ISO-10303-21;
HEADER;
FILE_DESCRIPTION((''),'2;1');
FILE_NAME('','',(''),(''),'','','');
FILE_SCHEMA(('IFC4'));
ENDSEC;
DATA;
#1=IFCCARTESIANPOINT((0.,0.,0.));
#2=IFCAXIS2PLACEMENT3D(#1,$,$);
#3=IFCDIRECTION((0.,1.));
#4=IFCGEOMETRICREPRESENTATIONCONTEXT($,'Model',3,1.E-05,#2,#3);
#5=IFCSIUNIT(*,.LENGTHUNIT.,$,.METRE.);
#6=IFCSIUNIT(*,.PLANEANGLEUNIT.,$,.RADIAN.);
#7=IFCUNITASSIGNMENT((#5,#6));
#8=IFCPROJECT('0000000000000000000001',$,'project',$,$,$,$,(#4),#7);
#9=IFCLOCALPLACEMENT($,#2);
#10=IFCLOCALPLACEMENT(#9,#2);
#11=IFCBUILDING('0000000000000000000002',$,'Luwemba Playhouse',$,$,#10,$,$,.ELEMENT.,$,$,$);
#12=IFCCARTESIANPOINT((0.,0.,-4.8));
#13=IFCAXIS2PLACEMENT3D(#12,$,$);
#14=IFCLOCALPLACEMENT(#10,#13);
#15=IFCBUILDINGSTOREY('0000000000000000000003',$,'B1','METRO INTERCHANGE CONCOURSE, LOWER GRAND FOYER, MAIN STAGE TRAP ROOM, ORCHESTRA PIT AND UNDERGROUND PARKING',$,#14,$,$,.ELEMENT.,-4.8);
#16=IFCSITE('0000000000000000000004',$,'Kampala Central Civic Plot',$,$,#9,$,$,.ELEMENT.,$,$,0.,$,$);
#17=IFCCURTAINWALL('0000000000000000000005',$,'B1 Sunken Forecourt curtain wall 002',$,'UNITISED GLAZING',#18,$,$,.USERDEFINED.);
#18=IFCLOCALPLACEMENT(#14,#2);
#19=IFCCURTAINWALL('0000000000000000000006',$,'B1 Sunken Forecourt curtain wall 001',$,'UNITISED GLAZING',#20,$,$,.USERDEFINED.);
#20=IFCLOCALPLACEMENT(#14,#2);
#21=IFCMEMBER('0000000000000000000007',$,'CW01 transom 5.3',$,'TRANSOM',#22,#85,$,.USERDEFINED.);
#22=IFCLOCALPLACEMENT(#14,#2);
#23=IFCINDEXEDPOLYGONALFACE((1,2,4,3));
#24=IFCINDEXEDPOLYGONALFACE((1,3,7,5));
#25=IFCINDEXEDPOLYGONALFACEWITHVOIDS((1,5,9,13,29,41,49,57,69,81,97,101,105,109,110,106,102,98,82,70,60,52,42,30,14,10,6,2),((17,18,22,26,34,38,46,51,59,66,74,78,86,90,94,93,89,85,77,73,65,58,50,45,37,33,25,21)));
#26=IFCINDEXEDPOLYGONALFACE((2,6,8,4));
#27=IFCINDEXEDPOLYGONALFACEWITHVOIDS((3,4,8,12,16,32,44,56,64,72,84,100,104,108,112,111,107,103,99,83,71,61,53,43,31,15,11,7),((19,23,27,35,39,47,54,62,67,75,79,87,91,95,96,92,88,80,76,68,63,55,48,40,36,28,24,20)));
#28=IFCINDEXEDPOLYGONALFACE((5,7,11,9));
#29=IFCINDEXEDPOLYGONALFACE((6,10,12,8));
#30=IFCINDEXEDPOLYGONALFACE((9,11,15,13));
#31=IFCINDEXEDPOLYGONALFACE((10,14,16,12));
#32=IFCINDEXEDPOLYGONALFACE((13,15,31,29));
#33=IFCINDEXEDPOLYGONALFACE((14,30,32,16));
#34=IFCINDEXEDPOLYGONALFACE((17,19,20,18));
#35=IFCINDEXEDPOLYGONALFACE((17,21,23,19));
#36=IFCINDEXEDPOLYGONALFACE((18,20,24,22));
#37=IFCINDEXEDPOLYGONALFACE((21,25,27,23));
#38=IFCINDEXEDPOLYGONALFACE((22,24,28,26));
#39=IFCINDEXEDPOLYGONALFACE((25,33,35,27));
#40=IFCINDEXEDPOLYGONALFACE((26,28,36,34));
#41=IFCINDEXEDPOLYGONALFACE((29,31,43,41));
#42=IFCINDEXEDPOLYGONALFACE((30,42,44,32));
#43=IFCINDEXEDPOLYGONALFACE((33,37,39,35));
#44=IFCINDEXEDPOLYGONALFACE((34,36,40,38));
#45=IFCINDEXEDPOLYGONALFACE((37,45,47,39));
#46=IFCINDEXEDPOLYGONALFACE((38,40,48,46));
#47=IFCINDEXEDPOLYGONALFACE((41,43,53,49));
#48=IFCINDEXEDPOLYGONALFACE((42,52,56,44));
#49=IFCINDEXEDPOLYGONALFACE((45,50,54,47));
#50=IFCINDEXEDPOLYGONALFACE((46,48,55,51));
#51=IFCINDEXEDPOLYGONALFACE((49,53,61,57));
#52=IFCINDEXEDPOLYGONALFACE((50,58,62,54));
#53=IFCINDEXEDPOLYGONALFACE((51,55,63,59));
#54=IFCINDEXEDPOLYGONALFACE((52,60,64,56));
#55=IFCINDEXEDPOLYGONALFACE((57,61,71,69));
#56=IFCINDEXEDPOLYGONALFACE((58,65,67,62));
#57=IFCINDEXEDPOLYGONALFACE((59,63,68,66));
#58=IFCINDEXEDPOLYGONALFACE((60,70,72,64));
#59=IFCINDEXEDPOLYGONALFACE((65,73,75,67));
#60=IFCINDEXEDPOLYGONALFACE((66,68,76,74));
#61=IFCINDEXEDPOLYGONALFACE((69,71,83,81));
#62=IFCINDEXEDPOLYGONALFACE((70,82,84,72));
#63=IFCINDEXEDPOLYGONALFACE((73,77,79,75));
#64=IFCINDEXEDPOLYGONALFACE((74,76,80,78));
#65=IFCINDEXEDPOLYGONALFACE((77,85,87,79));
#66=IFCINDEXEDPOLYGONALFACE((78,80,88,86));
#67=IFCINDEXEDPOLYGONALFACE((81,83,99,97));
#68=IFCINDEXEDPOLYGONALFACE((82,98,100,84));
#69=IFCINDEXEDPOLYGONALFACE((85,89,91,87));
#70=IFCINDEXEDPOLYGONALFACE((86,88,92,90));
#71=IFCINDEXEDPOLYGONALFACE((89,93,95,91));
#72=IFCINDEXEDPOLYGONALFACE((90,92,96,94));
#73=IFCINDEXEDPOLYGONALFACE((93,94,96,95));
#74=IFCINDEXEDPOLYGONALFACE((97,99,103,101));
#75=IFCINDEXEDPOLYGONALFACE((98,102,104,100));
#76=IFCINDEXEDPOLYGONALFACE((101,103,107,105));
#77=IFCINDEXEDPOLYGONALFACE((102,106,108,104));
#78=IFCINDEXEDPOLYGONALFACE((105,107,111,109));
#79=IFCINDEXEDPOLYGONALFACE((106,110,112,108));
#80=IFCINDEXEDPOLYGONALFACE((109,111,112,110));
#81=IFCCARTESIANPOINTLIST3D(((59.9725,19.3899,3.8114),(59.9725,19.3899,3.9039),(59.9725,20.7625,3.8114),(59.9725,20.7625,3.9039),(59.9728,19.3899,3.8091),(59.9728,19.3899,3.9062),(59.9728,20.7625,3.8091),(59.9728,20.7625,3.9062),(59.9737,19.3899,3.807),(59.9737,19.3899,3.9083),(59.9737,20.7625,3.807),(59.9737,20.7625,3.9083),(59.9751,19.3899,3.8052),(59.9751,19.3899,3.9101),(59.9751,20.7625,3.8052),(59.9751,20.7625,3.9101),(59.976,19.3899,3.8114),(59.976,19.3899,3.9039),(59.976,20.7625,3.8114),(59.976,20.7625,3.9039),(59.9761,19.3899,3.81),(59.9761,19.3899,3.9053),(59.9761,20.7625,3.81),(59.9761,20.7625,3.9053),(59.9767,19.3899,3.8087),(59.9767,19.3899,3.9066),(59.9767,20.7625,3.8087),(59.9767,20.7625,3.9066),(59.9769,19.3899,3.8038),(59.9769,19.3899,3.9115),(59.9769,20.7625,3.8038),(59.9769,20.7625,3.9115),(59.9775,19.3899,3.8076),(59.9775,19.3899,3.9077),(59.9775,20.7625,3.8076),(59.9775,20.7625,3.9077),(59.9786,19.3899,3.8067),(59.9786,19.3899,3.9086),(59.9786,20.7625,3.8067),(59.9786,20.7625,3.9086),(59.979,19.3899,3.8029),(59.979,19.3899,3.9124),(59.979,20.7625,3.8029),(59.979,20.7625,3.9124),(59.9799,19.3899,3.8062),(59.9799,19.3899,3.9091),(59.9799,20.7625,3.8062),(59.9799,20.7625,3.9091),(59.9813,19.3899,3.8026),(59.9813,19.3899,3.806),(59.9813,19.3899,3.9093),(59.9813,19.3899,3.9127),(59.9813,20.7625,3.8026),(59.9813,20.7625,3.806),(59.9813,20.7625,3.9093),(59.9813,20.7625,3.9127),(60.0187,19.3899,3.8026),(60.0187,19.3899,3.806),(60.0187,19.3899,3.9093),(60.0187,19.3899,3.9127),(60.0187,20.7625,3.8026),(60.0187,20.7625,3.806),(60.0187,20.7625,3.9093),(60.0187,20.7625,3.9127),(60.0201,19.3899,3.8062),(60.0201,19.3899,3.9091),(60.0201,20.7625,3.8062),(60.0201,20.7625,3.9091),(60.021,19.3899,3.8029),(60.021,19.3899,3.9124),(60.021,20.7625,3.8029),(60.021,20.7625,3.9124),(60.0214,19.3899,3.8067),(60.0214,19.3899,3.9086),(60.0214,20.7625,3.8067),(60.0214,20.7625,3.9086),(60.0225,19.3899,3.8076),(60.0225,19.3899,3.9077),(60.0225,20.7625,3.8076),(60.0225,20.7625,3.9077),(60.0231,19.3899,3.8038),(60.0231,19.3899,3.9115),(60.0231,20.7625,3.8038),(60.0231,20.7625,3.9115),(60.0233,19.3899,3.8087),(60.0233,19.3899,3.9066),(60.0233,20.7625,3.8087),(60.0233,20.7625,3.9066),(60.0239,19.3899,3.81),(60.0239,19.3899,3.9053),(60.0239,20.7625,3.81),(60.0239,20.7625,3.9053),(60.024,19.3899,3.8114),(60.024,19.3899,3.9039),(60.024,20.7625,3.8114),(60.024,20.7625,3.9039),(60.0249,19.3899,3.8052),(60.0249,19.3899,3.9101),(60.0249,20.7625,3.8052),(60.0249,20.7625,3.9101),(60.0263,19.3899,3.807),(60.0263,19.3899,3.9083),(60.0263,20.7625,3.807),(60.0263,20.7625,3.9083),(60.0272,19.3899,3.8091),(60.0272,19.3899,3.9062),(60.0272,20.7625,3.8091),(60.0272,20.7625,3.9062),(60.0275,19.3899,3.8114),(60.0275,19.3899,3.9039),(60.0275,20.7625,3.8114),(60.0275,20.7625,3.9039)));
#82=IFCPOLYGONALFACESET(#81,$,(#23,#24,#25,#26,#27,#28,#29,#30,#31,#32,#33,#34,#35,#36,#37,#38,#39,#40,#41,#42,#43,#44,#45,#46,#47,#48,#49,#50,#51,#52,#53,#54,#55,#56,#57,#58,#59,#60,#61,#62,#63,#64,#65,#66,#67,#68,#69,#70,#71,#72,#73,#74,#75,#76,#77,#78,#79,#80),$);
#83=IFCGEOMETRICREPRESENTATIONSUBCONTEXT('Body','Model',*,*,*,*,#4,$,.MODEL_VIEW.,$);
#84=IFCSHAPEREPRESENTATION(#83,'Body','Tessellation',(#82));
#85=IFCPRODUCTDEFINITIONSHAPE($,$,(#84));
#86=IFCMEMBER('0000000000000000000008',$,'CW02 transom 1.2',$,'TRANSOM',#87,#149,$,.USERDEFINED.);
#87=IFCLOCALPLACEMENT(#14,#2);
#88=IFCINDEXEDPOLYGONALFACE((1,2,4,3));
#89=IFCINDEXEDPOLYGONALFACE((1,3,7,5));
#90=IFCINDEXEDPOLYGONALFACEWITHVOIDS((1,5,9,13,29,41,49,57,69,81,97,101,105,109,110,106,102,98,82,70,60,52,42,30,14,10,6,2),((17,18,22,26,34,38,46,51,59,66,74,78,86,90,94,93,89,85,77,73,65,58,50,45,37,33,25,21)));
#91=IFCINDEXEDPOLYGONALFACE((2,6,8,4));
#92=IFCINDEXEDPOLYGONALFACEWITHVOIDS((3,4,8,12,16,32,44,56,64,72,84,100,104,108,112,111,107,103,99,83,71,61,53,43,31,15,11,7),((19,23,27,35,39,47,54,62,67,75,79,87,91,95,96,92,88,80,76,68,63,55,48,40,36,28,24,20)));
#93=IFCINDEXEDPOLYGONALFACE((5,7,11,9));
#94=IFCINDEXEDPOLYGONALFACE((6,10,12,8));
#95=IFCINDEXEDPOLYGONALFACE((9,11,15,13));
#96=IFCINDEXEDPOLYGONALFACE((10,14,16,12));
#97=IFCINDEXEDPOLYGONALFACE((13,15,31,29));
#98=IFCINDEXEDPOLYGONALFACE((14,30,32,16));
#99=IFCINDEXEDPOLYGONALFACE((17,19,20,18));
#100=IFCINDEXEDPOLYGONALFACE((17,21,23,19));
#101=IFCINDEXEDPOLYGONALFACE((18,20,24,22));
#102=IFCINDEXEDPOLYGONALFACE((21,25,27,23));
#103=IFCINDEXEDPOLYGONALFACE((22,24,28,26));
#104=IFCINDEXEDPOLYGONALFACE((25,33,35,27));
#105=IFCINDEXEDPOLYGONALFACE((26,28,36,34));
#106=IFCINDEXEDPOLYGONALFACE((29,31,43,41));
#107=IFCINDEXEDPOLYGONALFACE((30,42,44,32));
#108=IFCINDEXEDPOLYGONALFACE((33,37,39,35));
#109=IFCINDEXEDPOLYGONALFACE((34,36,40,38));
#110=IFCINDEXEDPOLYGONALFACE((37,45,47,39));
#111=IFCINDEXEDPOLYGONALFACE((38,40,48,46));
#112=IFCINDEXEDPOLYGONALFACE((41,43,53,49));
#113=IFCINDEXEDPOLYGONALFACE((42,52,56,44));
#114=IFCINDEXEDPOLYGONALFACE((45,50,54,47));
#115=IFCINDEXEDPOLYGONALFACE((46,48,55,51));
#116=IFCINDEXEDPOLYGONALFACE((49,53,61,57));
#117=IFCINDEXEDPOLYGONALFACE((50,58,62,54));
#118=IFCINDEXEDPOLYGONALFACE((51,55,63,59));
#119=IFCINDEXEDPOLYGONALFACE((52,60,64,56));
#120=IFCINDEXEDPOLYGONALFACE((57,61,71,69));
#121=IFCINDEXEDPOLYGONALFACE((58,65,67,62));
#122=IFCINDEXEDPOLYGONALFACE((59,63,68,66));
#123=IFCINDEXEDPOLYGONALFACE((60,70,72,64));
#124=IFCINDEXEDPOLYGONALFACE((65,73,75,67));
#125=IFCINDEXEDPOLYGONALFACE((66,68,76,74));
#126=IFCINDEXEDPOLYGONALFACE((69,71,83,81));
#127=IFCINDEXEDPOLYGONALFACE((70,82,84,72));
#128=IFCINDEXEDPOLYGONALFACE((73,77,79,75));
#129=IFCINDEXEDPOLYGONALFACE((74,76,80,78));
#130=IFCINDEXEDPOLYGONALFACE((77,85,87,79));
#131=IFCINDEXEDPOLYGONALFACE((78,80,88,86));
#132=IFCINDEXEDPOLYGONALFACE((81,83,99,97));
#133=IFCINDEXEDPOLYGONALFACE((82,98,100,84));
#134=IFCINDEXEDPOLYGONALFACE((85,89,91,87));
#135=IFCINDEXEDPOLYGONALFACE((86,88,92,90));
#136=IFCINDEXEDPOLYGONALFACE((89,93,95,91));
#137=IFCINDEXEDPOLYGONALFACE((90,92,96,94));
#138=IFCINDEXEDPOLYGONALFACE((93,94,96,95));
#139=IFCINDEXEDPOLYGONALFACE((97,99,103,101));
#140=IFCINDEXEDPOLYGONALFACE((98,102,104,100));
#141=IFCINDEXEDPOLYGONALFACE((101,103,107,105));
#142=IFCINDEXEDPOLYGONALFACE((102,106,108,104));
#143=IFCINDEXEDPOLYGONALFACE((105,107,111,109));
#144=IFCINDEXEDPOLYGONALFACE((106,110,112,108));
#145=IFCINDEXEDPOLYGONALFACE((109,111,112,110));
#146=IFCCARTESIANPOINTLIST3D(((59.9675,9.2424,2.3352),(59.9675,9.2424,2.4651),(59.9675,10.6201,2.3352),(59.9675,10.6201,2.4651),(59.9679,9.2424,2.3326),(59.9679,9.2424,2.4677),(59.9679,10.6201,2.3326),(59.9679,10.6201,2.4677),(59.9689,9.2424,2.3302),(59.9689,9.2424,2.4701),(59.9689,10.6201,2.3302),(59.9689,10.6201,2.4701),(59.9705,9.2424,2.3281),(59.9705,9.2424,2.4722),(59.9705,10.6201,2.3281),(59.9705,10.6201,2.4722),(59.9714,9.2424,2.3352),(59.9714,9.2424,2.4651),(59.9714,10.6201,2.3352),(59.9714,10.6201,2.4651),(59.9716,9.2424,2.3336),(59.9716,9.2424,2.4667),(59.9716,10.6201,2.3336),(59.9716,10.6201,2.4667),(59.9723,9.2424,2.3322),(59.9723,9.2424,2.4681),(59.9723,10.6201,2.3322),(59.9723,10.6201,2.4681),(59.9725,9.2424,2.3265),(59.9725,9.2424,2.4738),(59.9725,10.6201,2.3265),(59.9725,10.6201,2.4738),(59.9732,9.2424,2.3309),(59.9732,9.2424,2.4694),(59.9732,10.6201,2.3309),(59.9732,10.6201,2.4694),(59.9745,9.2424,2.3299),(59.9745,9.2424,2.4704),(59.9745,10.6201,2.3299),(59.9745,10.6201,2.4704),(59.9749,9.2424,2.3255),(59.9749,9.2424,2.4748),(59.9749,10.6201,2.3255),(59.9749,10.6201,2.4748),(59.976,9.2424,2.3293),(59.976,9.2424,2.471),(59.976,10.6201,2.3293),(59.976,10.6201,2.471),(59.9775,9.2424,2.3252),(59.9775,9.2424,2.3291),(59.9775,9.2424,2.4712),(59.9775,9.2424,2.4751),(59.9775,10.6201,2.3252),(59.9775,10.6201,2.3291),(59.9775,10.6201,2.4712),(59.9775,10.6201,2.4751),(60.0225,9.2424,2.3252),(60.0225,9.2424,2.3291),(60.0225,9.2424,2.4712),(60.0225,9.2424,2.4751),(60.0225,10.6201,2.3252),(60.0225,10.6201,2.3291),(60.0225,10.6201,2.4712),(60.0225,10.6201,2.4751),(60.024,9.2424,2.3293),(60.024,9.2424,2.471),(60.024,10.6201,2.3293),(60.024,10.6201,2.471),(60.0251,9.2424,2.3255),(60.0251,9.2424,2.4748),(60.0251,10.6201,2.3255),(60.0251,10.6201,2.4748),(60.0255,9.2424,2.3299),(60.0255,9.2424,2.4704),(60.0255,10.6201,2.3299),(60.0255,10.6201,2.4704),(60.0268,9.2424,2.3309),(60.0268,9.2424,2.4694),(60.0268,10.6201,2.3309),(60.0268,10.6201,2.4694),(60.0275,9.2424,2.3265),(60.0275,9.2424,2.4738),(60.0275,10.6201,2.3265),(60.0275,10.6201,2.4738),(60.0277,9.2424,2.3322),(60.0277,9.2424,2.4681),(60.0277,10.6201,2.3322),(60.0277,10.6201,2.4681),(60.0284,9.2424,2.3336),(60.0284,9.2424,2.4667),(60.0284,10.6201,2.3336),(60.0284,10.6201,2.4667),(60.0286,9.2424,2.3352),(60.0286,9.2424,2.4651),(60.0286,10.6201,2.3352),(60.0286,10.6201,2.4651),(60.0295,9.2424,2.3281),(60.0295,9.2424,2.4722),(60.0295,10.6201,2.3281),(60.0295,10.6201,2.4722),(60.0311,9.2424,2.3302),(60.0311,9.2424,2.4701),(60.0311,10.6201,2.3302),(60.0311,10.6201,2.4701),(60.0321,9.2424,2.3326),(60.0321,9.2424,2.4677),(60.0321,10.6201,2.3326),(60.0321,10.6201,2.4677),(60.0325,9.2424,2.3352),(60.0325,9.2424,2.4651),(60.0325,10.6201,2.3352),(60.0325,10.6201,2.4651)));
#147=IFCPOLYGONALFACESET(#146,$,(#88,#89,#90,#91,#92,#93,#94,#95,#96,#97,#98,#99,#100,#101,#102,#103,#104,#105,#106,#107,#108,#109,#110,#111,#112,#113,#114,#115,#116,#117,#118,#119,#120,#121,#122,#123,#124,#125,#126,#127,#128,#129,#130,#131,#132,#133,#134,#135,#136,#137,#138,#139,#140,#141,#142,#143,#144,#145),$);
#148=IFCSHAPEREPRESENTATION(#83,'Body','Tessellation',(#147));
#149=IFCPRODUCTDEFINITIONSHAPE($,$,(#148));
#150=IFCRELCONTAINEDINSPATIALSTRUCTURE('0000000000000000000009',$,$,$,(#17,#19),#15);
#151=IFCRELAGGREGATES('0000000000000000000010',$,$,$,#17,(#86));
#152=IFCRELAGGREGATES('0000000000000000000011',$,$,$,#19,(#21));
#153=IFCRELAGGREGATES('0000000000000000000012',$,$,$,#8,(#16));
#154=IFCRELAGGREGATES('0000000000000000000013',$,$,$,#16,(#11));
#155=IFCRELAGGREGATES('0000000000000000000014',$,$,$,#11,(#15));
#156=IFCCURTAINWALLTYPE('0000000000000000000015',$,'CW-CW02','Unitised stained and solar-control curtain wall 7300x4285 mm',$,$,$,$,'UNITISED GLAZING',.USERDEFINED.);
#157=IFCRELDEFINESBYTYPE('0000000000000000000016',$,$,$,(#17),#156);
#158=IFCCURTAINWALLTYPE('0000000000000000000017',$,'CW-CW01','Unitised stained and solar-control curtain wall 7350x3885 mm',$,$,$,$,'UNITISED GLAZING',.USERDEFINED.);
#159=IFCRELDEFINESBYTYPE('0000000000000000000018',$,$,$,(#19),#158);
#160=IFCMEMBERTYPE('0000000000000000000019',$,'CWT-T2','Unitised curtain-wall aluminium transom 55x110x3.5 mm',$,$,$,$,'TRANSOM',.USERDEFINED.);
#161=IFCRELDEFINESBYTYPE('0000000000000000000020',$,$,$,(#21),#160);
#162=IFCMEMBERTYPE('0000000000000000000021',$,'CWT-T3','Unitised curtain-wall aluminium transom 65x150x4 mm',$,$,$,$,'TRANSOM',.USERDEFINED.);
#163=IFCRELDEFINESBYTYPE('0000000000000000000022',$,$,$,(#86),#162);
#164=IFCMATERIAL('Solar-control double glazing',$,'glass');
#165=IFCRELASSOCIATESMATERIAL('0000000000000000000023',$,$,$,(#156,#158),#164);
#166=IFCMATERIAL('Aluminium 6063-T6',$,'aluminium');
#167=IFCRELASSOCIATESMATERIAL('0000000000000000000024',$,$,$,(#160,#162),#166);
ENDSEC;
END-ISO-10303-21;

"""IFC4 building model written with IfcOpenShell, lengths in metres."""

from ifc_helpers import new_model, si_unit, direction, frame, origin, origin_2d, place, context, subcontext, project, spatial, hollow_rectangle, extrude, material, material_profile, profile_set, type_object, element, aggregate, save


model = new_model("IFC4")

# Units and contexts
model_context = context("Model", 3, precision=1e-05, world=origin(), true_north=direction((0.0, 1.0)))
body_context = subcontext(model_context, "Body", "Model", "MODEL_VIEW")
ifc_project = project(units=[si_unit("LENGTHUNIT", "METRE"), si_unit("PLANEANGLEUNIT", "RADIAN")], contexts=[model_context])

# Site, building, storey
site_placement = place(None, origin())
site = spatial("IfcSite", under=ifc_project, at=site_placement, Name="Kampala Central Civic Plot", CompositionType="ELEMENT", RefElevation=0.0)
building_placement = place(site_placement, origin())
building = spatial("IfcBuilding", under=site, at=building_placement, Name="Luwemba Playhouse", CompositionType="ELEMENT")
storey_placement = place(building_placement, frame((0.0, 0.0, -4.8)))
storey = spatial("IfcBuildingStorey", under=building, at=storey_placement, Name="B1", Description="METRO INTERCHANGE CONCOURSE, LOWER GRAND FOYER, MAIN STAGE TRAP ROOM, ORCHESTRA PIT AND UNDERGROUND PARKING", CompositionType="ELEMENT", Elevation=-4.8)

# Curtain wall
ifc_material_1 = material(Name="Solar-control double glazing", Category="glass")
curtain_wall_type_1 = type_object("IfcCurtainWallType", Name="CW-CW02", Description="Unitised stained and solar-control curtain wall 7300x4285 mm", ElementType="UNITISED GLAZING", PredefinedType="USERDEFINED", material=ifc_material_1)
curtain_wall_1_placement = place(storey_placement, origin())
curtain_wall_1 = element("IfcCurtainWall", 1, at=curtain_wall_1_placement, inside=storey, type_object=curtain_wall_type_1, Name="B1 Sunken Forecourt curtain wall 002", ObjectType="UNITISED GLAZING", PredefinedType="USERDEFINED")
ifc_material_2 = material(Name="Aluminium 6063-T6", Category="aluminium")

# Curtain wall, member
curtain_wall_type_2 = type_object("IfcCurtainWallType", Name="CW-CW01", Description="Unitised stained and solar-control curtain wall 7350x3885 mm", ElementType="UNITISED GLAZING", PredefinedType="USERDEFINED", material=ifc_material_1)
curtain_wall_2_placement = place(storey_placement, origin())
curtain_wall_2 = element("IfcCurtainWall", 2, at=curtain_wall_2_placement, inside=storey, type_object=curtain_wall_type_2, Name="B1 Sunken Forecourt curtain wall 001", ObjectType="UNITISED GLAZING", PredefinedType="USERDEFINED")
ifc_material_profile_1 = material_profile(ifc_material_2, hollow_rectangle(XDim=0.0549, YDim=0.1101, WallThickness=0.0034, InnerFilletRadius=0.0054, OuterFilletRadius=0.0088, at=origin_2d()))
ifc_profile_set_1 = profile_set([ifc_material_profile_1], Name="Aluminium 6063-T6")
member_type_1 = type_object("IfcMemberType", Name="CWT-T2", Description="Unitised curtain-wall aluminium transom 55x110x3.5 mm", ElementType="TRANSOM", PredefinedType="USERDEFINED", material=ifc_profile_set_1)
member_1_placement = place(storey_placement, frame((60.0, 20.7625, 3.8577), z_axis=(0.0, -1.0, 0.0), x_axis=(1.0, 0.0, 0.0)))
member_1 = element("IfcMember", 3, at=member_1_placement, type_object=member_type_1, Name="CW01 transom 5.3", ObjectType="TRANSOM", PredefinedType="USERDEFINED", context=body_context, shape_type="SweptSolid", body=[
    extrude(hollow_rectangle(XDim=0.0549, YDim=0.1101, WallThickness=0.0034, InnerFilletRadius=0.0054, OuterFilletRadius=0.0088, at=origin_2d()), origin(), (0.0, 0.0, 1.0), 1.3726),
])

# Member
ifc_material_profile_2 = material_profile(ifc_material_2, hollow_rectangle(XDim=0.0649, YDim=0.1499, WallThickness=0.0039, InnerFilletRadius=0.0061, OuterFilletRadius=0.01, at=origin_2d()))
ifc_profile_set_2 = profile_set([ifc_material_profile_2], Name="Aluminium 6063-T6")
member_type_2 = type_object("IfcMemberType", Name="CWT-T3", Description="Unitised curtain-wall aluminium transom 65x150x4 mm", ElementType="TRANSOM", PredefinedType="USERDEFINED", material=ifc_profile_set_2)
member_2_placement = place(storey_placement, frame((60.0, 10.6201, 2.4001), z_axis=(0.0, -1.0, 0.0), x_axis=(1.0, 0.0, 0.0)))
member_2 = element("IfcMember", 4, at=member_2_placement, type_object=member_type_2, Name="CW02 transom 1.2", ObjectType="TRANSOM", PredefinedType="USERDEFINED", context=body_context, shape_type="SweptSolid", body=[
    extrude(hollow_rectangle(XDim=0.0649, YDim=0.1499, WallThickness=0.0039, InnerFilletRadius=0.0061, OuterFilletRadius=0.01, at=origin_2d()), origin(), (0.0, 0.0, 1.0), 1.3777),
])
aggregate(curtain_wall_1, [member_2])

aggregate(curtain_wall_2, [member_1])

save(model, "model.ifc")
